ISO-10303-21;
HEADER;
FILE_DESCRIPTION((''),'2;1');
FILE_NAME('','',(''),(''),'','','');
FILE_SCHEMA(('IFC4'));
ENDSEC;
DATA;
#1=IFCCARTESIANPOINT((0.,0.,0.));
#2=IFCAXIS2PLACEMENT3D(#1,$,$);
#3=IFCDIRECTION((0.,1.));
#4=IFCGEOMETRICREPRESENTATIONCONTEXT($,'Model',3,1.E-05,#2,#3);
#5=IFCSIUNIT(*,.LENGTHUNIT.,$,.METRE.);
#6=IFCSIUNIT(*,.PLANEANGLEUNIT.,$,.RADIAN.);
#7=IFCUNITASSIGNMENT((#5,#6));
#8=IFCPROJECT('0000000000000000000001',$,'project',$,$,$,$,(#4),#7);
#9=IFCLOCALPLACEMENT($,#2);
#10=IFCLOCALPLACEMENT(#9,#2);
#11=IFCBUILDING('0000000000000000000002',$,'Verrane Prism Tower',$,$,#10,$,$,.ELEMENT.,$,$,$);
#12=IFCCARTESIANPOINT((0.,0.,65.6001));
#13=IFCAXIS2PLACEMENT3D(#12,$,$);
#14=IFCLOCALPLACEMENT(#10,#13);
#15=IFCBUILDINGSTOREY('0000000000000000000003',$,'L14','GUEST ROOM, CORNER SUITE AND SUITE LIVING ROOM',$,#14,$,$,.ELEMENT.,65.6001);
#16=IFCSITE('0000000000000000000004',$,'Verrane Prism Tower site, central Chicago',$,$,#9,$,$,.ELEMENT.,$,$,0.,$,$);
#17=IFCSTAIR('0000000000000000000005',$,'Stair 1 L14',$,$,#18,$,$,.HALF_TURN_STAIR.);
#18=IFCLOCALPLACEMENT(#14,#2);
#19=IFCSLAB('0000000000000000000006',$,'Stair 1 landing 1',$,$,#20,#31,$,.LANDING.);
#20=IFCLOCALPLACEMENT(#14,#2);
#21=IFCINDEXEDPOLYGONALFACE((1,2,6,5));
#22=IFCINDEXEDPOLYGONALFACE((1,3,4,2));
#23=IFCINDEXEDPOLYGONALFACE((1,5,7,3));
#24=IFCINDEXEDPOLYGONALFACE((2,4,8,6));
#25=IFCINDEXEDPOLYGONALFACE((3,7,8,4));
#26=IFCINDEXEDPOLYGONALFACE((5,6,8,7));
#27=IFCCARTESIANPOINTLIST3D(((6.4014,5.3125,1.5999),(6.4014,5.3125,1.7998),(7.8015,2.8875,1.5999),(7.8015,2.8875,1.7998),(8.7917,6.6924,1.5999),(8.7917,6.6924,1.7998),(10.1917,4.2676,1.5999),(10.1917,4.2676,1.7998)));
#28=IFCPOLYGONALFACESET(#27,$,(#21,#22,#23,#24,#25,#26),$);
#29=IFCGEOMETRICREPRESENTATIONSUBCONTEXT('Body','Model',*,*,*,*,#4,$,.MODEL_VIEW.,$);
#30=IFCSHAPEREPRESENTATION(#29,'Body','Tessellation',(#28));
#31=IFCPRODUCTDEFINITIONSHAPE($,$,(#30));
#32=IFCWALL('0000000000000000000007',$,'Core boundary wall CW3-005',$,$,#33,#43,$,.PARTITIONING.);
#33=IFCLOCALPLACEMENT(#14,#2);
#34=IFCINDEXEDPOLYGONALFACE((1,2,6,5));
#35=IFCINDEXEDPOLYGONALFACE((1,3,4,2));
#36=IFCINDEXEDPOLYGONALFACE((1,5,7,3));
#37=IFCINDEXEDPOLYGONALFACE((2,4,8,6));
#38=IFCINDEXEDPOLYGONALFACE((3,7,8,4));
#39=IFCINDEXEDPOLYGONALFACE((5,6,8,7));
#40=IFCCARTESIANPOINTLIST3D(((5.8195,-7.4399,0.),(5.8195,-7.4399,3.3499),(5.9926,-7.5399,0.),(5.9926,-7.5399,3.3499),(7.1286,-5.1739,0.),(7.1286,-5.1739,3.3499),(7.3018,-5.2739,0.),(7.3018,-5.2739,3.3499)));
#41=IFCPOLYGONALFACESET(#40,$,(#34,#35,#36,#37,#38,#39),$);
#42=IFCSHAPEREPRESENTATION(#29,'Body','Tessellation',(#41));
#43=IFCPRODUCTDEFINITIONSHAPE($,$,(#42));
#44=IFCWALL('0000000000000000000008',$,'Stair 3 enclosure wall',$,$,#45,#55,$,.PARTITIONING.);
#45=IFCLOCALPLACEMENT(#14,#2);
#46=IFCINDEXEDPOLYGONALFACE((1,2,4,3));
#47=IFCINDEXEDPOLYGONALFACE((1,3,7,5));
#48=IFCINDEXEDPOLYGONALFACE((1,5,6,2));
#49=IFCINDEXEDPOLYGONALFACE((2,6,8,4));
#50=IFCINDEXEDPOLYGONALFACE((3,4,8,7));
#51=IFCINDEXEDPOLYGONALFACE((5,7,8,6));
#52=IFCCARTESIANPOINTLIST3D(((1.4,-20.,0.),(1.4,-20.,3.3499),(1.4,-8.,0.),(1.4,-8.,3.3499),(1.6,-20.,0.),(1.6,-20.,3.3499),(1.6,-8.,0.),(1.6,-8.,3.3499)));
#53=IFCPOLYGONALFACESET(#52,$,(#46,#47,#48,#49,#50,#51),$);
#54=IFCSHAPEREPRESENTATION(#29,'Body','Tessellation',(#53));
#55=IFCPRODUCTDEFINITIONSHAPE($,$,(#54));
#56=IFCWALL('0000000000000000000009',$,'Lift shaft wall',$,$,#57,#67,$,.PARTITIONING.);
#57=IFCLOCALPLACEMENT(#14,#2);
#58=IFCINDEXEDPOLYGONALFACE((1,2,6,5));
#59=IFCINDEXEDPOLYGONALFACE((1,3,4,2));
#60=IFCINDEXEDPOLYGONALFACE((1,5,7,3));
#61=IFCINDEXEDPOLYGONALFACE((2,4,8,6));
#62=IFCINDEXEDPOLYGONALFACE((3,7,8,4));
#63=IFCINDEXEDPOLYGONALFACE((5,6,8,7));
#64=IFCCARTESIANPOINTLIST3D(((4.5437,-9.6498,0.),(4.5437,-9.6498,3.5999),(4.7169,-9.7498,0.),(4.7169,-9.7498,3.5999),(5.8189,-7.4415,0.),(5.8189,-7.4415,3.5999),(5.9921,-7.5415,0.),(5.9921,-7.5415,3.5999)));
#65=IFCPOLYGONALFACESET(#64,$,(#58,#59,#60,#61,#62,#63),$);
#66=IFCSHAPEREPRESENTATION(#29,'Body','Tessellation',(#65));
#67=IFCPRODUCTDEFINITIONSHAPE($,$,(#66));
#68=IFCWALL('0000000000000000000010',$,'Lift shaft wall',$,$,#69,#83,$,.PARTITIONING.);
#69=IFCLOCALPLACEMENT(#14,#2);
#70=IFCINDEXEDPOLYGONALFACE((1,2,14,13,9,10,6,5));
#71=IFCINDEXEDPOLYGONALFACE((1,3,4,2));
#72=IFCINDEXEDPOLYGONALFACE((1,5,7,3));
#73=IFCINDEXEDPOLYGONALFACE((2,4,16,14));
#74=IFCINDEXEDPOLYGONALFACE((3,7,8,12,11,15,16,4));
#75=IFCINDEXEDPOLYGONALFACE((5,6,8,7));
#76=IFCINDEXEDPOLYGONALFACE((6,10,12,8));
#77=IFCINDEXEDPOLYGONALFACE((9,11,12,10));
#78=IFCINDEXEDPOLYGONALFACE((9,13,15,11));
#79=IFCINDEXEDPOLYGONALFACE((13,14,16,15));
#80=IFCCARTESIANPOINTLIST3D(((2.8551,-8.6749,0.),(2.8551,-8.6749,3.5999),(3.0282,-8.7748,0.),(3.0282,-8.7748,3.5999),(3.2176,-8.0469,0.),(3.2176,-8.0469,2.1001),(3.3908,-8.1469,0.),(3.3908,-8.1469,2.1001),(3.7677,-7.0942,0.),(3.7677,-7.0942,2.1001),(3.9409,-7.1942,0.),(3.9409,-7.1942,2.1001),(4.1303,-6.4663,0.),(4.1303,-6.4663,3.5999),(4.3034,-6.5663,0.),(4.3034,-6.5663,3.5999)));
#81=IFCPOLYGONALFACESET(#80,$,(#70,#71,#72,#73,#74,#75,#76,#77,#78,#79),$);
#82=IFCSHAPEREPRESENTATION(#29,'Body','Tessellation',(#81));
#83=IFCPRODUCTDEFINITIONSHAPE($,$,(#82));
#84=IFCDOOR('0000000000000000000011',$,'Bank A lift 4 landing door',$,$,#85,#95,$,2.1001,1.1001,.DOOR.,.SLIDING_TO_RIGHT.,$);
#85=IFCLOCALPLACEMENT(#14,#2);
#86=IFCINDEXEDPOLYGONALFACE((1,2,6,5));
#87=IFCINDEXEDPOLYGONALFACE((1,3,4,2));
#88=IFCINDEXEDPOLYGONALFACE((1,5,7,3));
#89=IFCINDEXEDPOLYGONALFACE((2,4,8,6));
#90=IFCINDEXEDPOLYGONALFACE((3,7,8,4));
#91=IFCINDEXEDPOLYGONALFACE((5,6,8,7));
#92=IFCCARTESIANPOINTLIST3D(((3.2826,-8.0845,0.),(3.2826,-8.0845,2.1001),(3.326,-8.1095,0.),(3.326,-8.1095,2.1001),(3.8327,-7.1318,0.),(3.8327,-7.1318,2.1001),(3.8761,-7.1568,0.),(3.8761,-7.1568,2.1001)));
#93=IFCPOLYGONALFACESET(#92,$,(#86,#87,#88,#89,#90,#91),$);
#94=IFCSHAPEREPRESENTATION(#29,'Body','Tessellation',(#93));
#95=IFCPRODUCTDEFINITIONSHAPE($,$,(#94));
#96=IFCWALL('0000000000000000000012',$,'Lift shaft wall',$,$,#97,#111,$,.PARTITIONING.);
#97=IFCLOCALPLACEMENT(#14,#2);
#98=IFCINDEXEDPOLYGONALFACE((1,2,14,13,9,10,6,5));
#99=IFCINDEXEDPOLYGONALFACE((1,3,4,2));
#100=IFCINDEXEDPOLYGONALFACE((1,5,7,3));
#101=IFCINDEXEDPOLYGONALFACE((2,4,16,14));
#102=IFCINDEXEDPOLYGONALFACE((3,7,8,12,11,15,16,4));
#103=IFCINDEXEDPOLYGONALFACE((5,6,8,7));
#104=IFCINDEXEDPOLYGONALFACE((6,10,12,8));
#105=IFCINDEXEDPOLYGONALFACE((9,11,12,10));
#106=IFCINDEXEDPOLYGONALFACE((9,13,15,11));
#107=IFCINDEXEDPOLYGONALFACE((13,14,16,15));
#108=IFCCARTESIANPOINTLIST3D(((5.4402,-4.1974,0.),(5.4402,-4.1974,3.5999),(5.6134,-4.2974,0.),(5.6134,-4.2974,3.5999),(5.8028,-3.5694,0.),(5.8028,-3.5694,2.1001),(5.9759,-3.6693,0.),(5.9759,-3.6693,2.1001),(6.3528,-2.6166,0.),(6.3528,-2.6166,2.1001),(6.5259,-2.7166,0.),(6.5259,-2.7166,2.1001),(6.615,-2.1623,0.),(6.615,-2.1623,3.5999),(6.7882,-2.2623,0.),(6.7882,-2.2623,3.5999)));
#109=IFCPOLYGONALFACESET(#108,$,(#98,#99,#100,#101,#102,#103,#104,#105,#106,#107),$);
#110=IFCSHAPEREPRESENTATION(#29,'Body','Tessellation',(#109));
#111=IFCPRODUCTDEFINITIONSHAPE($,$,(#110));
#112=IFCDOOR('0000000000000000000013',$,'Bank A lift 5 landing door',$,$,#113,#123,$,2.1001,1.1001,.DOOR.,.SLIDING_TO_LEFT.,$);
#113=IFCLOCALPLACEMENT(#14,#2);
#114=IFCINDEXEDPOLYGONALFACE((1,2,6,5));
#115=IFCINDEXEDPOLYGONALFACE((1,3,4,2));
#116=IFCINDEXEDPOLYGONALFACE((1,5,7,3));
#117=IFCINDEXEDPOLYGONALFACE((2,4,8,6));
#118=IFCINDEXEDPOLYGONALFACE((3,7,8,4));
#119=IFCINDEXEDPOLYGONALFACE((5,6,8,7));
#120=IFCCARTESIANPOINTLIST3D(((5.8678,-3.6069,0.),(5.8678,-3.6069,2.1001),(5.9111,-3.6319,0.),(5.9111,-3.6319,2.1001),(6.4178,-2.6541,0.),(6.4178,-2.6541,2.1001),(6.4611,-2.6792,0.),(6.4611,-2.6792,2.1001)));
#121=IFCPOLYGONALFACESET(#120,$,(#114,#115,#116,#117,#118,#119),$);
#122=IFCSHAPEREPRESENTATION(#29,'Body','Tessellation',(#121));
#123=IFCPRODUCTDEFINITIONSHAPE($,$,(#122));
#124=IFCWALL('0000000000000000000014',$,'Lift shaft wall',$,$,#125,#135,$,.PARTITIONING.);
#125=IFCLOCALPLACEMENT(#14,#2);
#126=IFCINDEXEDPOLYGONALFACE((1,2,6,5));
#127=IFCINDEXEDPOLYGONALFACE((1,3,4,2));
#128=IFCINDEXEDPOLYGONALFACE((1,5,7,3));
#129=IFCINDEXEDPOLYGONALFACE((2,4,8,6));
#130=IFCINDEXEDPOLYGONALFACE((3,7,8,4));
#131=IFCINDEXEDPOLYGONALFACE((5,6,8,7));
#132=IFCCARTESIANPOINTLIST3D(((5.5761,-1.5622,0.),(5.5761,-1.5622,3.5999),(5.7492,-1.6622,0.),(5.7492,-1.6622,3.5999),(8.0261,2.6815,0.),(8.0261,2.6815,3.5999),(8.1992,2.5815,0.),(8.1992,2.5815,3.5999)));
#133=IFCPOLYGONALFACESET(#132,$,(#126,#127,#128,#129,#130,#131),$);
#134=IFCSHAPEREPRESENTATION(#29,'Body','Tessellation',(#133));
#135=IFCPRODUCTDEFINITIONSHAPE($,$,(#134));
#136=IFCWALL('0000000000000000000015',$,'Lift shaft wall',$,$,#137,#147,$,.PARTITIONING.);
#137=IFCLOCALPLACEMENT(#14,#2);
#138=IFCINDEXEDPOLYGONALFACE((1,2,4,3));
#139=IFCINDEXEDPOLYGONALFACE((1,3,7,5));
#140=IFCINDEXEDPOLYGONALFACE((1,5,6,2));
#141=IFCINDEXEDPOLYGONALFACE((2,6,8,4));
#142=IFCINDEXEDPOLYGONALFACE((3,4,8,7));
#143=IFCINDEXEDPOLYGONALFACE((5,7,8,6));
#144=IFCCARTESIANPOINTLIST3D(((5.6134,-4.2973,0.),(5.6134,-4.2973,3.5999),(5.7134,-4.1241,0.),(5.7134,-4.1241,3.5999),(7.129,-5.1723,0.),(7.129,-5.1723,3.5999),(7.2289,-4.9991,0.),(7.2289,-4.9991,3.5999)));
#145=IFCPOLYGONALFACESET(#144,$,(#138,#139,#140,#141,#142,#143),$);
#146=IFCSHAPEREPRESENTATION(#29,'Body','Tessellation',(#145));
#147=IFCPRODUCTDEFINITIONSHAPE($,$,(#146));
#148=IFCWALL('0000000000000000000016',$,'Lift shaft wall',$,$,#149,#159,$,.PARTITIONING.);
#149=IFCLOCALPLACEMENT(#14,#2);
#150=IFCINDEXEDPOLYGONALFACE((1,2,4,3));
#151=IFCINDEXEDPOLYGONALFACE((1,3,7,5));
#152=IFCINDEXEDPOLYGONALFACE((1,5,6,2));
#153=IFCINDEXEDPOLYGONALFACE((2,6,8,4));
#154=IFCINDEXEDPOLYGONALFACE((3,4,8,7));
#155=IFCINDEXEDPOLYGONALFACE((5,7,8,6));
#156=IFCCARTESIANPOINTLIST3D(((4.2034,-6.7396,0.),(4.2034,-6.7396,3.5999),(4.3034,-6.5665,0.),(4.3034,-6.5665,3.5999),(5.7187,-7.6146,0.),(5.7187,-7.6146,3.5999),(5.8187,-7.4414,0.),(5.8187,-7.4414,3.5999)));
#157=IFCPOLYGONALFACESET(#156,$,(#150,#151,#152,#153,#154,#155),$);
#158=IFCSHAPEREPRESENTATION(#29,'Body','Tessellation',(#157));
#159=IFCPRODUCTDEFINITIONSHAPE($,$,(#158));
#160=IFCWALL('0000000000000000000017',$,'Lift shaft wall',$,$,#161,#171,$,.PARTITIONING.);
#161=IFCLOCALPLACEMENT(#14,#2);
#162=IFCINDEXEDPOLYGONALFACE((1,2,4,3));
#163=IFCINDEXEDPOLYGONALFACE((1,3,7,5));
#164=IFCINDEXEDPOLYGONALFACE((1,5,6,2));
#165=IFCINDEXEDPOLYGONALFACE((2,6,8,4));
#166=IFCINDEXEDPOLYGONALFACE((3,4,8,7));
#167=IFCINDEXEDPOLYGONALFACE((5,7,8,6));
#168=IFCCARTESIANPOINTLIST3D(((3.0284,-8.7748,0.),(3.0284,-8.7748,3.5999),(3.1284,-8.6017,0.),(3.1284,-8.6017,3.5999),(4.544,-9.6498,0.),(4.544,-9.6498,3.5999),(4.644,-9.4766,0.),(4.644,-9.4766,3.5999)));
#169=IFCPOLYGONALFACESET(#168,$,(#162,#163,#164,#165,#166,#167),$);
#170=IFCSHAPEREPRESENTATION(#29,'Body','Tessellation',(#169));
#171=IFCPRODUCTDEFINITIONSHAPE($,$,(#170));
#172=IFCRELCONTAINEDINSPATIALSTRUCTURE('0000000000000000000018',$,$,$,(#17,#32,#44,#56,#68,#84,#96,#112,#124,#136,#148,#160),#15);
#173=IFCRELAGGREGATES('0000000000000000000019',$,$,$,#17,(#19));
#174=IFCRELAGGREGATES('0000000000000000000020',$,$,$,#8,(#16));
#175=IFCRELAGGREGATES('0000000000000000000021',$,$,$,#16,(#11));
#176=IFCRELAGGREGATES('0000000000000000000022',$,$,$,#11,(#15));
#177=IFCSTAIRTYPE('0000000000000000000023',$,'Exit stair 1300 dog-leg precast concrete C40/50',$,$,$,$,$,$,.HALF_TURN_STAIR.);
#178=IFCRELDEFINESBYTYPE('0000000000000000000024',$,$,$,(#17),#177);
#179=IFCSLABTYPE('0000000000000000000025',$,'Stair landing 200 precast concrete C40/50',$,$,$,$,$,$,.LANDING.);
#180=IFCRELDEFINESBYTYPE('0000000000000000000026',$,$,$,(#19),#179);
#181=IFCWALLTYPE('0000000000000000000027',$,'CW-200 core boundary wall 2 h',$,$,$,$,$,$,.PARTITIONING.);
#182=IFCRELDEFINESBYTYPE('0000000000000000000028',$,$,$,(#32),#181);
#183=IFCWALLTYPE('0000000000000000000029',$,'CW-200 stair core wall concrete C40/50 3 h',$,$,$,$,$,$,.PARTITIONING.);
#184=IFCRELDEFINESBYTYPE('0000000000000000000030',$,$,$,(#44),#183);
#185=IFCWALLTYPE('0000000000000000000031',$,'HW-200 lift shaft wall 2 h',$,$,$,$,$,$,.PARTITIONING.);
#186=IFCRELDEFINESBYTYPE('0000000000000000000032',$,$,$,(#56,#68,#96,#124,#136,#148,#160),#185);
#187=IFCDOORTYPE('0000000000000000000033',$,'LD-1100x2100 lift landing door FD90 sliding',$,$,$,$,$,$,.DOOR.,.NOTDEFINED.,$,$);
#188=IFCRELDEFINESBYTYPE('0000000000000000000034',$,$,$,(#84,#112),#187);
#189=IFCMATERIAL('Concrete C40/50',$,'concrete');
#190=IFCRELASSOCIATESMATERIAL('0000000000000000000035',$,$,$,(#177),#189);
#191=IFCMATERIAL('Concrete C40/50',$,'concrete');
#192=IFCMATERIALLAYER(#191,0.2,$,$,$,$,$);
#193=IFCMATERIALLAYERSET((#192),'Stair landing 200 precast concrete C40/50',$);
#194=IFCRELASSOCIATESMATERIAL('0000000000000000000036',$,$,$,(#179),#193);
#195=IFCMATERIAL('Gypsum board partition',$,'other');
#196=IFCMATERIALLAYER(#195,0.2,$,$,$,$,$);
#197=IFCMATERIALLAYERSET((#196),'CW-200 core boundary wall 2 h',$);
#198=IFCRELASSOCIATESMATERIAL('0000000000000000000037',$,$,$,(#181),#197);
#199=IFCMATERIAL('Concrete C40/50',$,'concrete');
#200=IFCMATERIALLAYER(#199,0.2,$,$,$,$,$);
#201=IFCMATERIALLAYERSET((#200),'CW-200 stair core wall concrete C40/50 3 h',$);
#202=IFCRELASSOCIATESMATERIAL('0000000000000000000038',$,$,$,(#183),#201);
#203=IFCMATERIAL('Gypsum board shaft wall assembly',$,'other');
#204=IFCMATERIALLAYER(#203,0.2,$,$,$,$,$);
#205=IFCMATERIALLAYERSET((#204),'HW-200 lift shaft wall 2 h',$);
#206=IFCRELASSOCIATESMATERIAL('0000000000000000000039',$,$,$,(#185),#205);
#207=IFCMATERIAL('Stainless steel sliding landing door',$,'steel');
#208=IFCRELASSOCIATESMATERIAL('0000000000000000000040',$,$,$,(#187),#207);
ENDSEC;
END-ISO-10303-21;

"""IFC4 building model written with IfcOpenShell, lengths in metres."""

from ifc_helpers import new_model, si_unit, direction, frame, frame_2d, origin, place, context, subcontext, project, spatial, polyline, rectangle, outline, extrude, material, layer, layer_set, type_object, element, fill, aggregate, save


model = new_model("IFC4")

# Units and contexts
model_context = context("Model", 3, precision=1e-05, world=origin(), true_north=direction((0.0, 1.0)))
body_context = subcontext(model_context, "Body", "Model", "MODEL_VIEW")
ifc_project = project(units=[si_unit("LENGTHUNIT", "METRE"), si_unit("PLANEANGLEUNIT", "RADIAN")], contexts=[model_context])

# Site, building, storey
site_placement = place(None, origin())
site = spatial("IfcSite", under=ifc_project, at=site_placement, Name="Verrane Prism Tower site, central Chicago", CompositionType="ELEMENT", RefElevation=0.0)
building_placement = place(site_placement, origin())
building = spatial("IfcBuilding", under=site, at=building_placement, Name="Verrane Prism Tower", CompositionType="ELEMENT")
storey_placement = place(building_placement, frame((0.0, 0.0, 65.6001)))
storey = spatial("IfcBuildingStorey", under=building, at=storey_placement, Name="L14", Description="GUEST ROOM, CORNER SUITE AND SUITE LIVING ROOM", CompositionType="ELEMENT", Elevation=65.6001)

# Stair, slab
ifc_material_1 = material(Name="Concrete C40/50", Category="concrete")
stair_type = type_object("IfcStairType", Name="Exit stair 1300 dog-leg precast concrete C40/50", PredefinedType="HALF_TURN_STAIR", material=ifc_material_1)
stair_placement = place(storey_placement, origin())
stair = element("IfcStair", 1, at=stair_placement, inside=storey, type_object=stair_type, Name="Stair 1 L14", PredefinedType="HALF_TURN_STAIR")
ifc_material_2 = material(Name="Concrete C40/50", Category="concrete")
ifc_layer_1 = layer(ifc_material_2, 0.2)
ifc_layer_set_1 = layer_set([ifc_layer_1], Name="Stair landing 200 precast concrete C40/50")
slab_type = type_object("IfcSlabType", Name="Stair landing 200 precast concrete C40/50", PredefinedType="LANDING", material=ifc_layer_set_1)
slab_placement = place(storey_placement, frame((0.0, 0.0, 1.5999)))
slab = element("IfcSlab", 2, at=slab_placement, type_object=slab_type, Name="Stair 1 landing 1", PredefinedType="LANDING", context=body_context, shape_type="SweptSolid", body=[
    extrude(outline(polyline([(8.7917, 6.6924), (6.4014, 5.3125), (7.8015, 2.8875), (10.1917, 4.2676), (8.7917, 6.6924)])), origin(), (0.0, 0.0, 1.0), 0.2),
])
aggregate(stair, [slab])

# Walls
ifc_material_3 = material(Name="Gypsum board partition", Category="other")
ifc_layer_2 = layer(ifc_material_3, 0.2)
ifc_layer_set_2 = layer_set([ifc_layer_2], Name="CW-200 core boundary wall 2 h")
wall_type_1 = type_object("IfcWallType", Name="CW-200 core boundary wall 2 h", PredefinedType="PARTITIONING", material=ifc_layer_set_2)
wall_1_placement = place(storey_placement, frame((5.906, -7.49, 0.0), z_axis=(0.0, 0.0, 1.0), x_axis=(0.500253, 0.865879, 0.0)))
element("IfcWall", 3, at=wall_1_placement, inside=storey, type_object=wall_type_1, Name="Core boundary wall CW3-005", PredefinedType="PARTITIONING", context=body_context, shape_type="SweptSolid", body=[
    extrude(rectangle(XDim=2.6169, YDim=0.2, at=frame_2d((1.3086, 0.0))), origin(), (0.0, 0.0, 1.0), 3.3499),
])
ifc_material_4 = material(Name="Concrete C40/50", Category="concrete")
ifc_layer_3 = layer(ifc_material_4, 0.2)
ifc_layer_set_3 = layer_set([ifc_layer_3], Name="CW-200 stair core wall concrete C40/50 3 h")
wall_type_2 = type_object("IfcWallType", Name="CW-200 stair core wall concrete C40/50 3 h", PredefinedType="PARTITIONING", material=ifc_layer_set_3)
wall_2_placement = place(storey_placement, frame((1.5, -8.0, 0.0), z_axis=(0.0, 0.0, 1.0), x_axis=(0.0, -1.0, 0.0)))
element("IfcWall", 4, at=wall_2_placement, inside=storey, type_object=wall_type_2, Name="Stair 3 enclosure wall", PredefinedType="PARTITIONING", context=body_context, shape_type="SweptSolid", body=[
    extrude(rectangle(XDim=12.0, YDim=0.2, at=frame_2d((6.0, 0.0))), origin(), (0.0, 0.0, 1.0), 3.3499),
])
ifc_material_5 = material(Name="Gypsum board shaft wall assembly", Category="other")
ifc_layer_4 = layer(ifc_material_5, 0.2)
ifc_layer_set_4 = layer_set([ifc_layer_4], Name="HW-200 lift shaft wall 2 h")
wall_type_3 = type_object("IfcWallType", Name="HW-200 lift shaft wall 2 h", PredefinedType="PARTITIONING", material=ifc_layer_set_4)
wall_3_placement = place(storey_placement, frame((4.6304, -9.6997, 0.0), z_axis=(0.0, 0.0, 1.0), x_axis=(0.500062, 0.865989, 0.0)))
element("IfcWall", 5, at=wall_3_placement, inside=storey, type_object=wall_type_3, Name="Lift shaft wall", PredefinedType="PARTITIONING", context=body_context, shape_type="SweptSolid", body=[
    extrude(rectangle(XDim=2.55, YDim=0.2, at=frame_2d((1.2749, 0.0))), origin(), (0.0, 0.0, 1.0), 3.5999),
])

# Walls, openings, doors
wall_4_placement = place(storey_placement, frame((2.9417, -8.7249, 0.0), z_axis=(0.0, 0.0, 1.0), x_axis=(0.500021, 0.866013, 0.0)))
wall_4 = element("IfcWall", 6, at=wall_4_placement, inside=storey, type_object=wall_type_3, Name="Lift shaft wall", PredefinedType="PARTITIONING", context=body_context, shape_type="SweptSolid", body=[
    extrude(rectangle(XDim=2.5503, YDim=0.2, at=frame_2d((1.2751, 0.0))), origin(), (0.0, 0.0, 1.0), 3.5999),
])
opening_1_placement = place(wall_4_placement, frame((0.7251, 0.0, 0.0)))
opening_1 = element("IfcOpeningElement", 7, at=opening_1_placement, cuts=wall_4, PredefinedType="OPENING", context=body_context, shape_type="SweptSolid", body=[
    extrude(rectangle(XDim=1.1001, YDim=2.1001, at=frame_2d((0.55, 1.05))), frame((0.0, 0.1099, 0.0), z_axis=(0.0, -1.0, 0.0), x_axis=(1.0, 0.0, 0.0)), (0.0, 0.0, 1.0), 0.22),
])
ifc_material_6 = material(Name="Stainless steel sliding landing door", Category="steel")
door_type_1 = type_object("IfcDoorType", Name="LD-1100x2100 lift landing door FD90 sliding", OperationType="NOTDEFINED", PredefinedType="DOOR", material=ifc_material_6)
door_1_placement = place(opening_1_placement, origin())
door_1 = element("IfcDoor", 8, at=door_1_placement, inside=storey, type_object=door_type_1, Name="Bank A lift 4 landing door", OperationType="SLIDING_TO_RIGHT", OverallHeight=2.1001, OverallWidth=1.1001, PredefinedType="DOOR", context=body_context, shape_type="SweptSolid", body=[
    extrude(rectangle(XDim=1.1001, YDim=2.1001, at=frame_2d((0.55, 1.05))), frame((0.0, 0.0249, 0.0), z_axis=(0.0, -1.0, 0.0), x_axis=(1.0, 0.0, 0.0)), (0.0, 0.0, 1.0), 0.05),
])
fill(opening_1, door_1)
wall_5_placement = place(storey_placement, frame((5.5269, -4.2473, 0.0), z_axis=(0.0, 0.0, 1.0), x_axis=(0.499938, 0.866061, 0.0)))
wall_5 = element("IfcWall", 9, at=wall_5_placement, inside=storey, type_object=wall_type_3, Name="Lift shaft wall", PredefinedType="PARTITIONING", context=body_context, shape_type="SweptSolid", body=[
    extrude(rectangle(XDim=2.3499, YDim=0.2, at=frame_2d((1.1748, 0.0))), origin(), (0.0, 0.0, 1.0), 3.5999),
])
opening_2_placement = place(wall_5_placement, frame((0.7251, 0.0, 0.0)))
opening_2 = element("IfcOpeningElement", 10, at=opening_2_placement, cuts=wall_5, PredefinedType="OPENING", context=body_context, shape_type="SweptSolid", body=[
    extrude(rectangle(XDim=1.1001, YDim=2.1001, at=frame_2d((0.55, 1.05))), frame((0.0, 0.1099, 0.0), z_axis=(0.0, -1.0, 0.0), x_axis=(1.0, 0.0, 0.0)), (0.0, 0.0, 1.0), 0.22),
])
door_2_placement = place(opening_2_placement, origin())
door_2 = element("IfcDoor", 11, at=door_2_placement, inside=storey, type_object=door_type_1, Name="Bank A lift 5 landing door", OperationType="SLIDING_TO_LEFT", OverallHeight=2.1001, OverallWidth=1.1001, PredefinedType="DOOR", context=body_context, shape_type="SweptSolid", body=[
    extrude(rectangle(XDim=1.1001, YDim=2.1001, at=frame_2d((0.55, 1.05))), frame((0.0, 0.0249, 0.0), z_axis=(0.0, -1.0, 0.0), x_axis=(1.0, 0.0, 0.0)), (0.0, 0.0, 1.0), 0.05),
])
fill(opening_2, door_2)

# Walls
wall_6_placement = place(storey_placement, frame((5.6626, -1.6123, 0.0), z_axis=(0.0, 0.0, 1.0), x_axis=(0.499981, 0.866036, 0.0)))
element("IfcWall", 12, at=wall_6_placement, inside=storey, type_object=wall_type_3, Name="Lift shaft wall", PredefinedType="PARTITIONING", context=body_context, shape_type="SweptSolid", body=[
    extrude(rectangle(XDim=4.9001, YDim=0.2, at=frame_2d((2.4502, 0.0))), origin(), (0.0, 0.0, 1.0), 3.5999),
])
wall_7_placement = place(storey_placement, frame((7.179, -5.0857, 0.0), z_axis=(0.0, 0.0, 1.0), x_axis=(-0.866037, 0.49998, 0.0)))
element("IfcWall", 13, at=wall_7_placement, inside=storey, type_object=wall_type_3, Name="Lift shaft wall", PredefinedType="PARTITIONING", context=body_context, shape_type="SweptSolid", body=[
    extrude(rectangle(XDim=1.75, YDim=0.2, at=frame_2d((0.875, 0.0))), origin(), (0.0, 0.0, 1.0), 3.5999),
])
wall_8_placement = place(storey_placement, frame((5.7688, -7.5281, 0.0), z_axis=(0.0, 0.0, 1.0), x_axis=(-0.866002, 0.50004, 0.0)))
element("IfcWall", 14, at=wall_8_placement, inside=storey, type_object=wall_type_3, Name="Lift shaft wall", PredefinedType="PARTITIONING", context=body_context, shape_type="SweptSolid", body=[
    extrude(rectangle(XDim=1.7498, YDim=0.2, at=frame_2d((0.875, 0.0))), origin(), (0.0, 0.0, 1.0), 3.5999),
])
wall_9_placement = place(storey_placement, frame((4.594, -9.5632, 0.0), z_axis=(0.0, 0.0, 1.0), x_axis=(-0.866037, 0.49998, 0.0)))
element("IfcWall", 15, at=wall_9_placement, inside=storey, type_object=wall_type_3, Name="Lift shaft wall", PredefinedType="PARTITIONING", context=body_context, shape_type="SweptSolid", body=[
    extrude(rectangle(XDim=1.75, YDim=0.2, at=frame_2d((0.875, 0.0))), origin(), (0.0, 0.0, 1.0), 3.5999),
])

save(model, "model.ifc")
